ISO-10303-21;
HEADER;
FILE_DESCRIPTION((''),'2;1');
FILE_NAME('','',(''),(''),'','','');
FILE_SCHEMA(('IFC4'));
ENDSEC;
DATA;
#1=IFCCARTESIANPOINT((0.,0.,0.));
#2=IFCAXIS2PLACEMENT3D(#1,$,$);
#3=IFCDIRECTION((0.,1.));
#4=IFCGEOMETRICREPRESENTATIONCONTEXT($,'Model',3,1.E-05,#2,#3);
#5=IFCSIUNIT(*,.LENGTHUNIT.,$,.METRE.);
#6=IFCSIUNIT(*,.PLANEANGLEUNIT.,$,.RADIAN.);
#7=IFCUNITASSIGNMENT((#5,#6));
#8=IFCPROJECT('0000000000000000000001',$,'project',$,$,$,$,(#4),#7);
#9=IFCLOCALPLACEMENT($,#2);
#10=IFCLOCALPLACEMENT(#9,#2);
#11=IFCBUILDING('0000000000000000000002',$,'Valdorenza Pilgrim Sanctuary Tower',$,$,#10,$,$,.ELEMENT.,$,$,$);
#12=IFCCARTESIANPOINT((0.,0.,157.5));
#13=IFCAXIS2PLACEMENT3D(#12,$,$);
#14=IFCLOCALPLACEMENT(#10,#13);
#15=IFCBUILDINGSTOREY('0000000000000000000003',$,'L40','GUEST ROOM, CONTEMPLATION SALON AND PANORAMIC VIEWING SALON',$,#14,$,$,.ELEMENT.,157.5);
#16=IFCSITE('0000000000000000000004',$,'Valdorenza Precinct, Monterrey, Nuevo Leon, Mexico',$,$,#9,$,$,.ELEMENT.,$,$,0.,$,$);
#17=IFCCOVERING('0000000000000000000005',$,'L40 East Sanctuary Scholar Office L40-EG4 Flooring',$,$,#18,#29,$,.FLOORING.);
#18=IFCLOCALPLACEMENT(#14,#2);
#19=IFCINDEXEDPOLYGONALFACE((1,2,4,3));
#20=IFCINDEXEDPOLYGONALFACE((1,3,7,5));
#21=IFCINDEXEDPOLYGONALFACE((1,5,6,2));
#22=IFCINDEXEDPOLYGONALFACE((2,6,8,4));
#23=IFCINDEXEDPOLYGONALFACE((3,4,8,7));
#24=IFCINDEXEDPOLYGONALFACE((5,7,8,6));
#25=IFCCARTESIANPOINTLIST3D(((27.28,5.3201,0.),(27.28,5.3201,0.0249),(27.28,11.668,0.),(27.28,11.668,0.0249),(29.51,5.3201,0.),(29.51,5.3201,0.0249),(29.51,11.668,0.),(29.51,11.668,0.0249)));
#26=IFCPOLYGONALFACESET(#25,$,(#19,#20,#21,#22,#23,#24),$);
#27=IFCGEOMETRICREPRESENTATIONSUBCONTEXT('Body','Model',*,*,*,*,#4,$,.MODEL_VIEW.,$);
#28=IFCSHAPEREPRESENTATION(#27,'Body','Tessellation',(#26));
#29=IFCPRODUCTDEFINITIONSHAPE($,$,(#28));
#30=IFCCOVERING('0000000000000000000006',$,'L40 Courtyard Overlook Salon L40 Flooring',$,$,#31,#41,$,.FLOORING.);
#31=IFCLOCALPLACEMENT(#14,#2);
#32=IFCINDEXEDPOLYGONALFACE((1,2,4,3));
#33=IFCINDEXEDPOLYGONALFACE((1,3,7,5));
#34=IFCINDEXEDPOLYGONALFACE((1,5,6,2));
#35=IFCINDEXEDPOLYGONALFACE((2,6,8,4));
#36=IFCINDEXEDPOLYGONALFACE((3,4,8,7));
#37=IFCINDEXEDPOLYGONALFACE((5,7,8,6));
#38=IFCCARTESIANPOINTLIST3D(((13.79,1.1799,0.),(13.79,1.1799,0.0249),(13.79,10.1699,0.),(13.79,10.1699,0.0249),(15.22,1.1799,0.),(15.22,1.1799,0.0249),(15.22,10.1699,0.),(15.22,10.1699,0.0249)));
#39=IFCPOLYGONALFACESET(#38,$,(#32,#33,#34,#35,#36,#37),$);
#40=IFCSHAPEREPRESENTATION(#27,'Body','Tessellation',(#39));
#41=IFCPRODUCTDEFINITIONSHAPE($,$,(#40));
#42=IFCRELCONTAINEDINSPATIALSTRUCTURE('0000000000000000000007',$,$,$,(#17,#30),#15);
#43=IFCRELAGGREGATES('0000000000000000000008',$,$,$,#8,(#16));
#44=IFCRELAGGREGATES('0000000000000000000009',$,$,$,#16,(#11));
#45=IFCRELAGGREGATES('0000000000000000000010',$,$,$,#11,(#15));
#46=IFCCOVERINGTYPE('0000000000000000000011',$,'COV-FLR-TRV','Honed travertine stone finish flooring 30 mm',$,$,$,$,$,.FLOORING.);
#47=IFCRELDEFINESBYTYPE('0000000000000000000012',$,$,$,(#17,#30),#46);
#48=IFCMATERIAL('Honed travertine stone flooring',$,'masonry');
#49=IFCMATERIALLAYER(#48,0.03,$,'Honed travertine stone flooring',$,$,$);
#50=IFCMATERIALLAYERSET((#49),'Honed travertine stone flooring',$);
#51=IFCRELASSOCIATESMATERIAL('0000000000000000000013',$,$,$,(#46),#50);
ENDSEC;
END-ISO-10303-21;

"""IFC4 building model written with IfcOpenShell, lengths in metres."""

from ifc_helpers import new_model, si_unit, direction, frame, origin, place, context, subcontext, project, spatial, polyline, outline, extrude, material, layer, layer_set, type_object, element, save


model = new_model("IFC4")

# Units and contexts
model_context = context("Model", 3, precision=1e-05, world=origin(), true_north=direction((0.0, 1.0)))
body_context = subcontext(model_context, "Body", "Model", "MODEL_VIEW")
ifc_project = project(units=[si_unit("LENGTHUNIT", "METRE"), si_unit("PLANEANGLEUNIT", "RADIAN")], contexts=[model_context])

# Site, building, storey
site_placement = place(None, origin())
site = spatial("IfcSite", under=ifc_project, at=site_placement, Name="Valdorenza Precinct, Monterrey, Nuevo Leon, Mexico", CompositionType="ELEMENT", RefElevation=0.0)
building_placement = place(site_placement, origin())
building = spatial("IfcBuilding", under=site, at=building_placement, Name="Valdorenza Pilgrim Sanctuary Tower", CompositionType="ELEMENT")
storey_placement = place(building_placement, frame((0.0, 0.0, 157.5)))
storey = spatial("IfcBuildingStorey", under=building, at=storey_placement, Name="L40", Description="GUEST ROOM, CONTEMPLATION SALON AND PANORAMIC VIEWING SALON", CompositionType="ELEMENT", Elevation=157.5)

# Coverings
ifc_material_1 = material(Name="Honed travertine stone flooring", Category="masonry")
ifc_layer_1 = layer(ifc_material_1, 0.03, Name="Honed travertine stone flooring")
ifc_layer_set_1 = layer_set([ifc_layer_1], Name="Honed travertine stone flooring")
covering_type_1 = type_object("IfcCoveringType", Name="COV-FLR-TRV", Description="Honed travertine stone finish flooring 30 mm", PredefinedType="FLOORING", material=ifc_layer_set_1)
covering_1_placement = place(storey_placement, origin())
element("IfcCovering", 1, at=covering_1_placement, inside=storey, type_object=covering_type_1, Name="L40 East Sanctuary Scholar Office L40-EG4 Flooring", PredefinedType="FLOORING", context=body_context, shape_type="SweptSolid", body=[
    extrude(outline(polyline([(27.28, 11.668), (29.51, 11.668), (29.51, 5.3201), (27.28, 5.3201), (27.28, 11.668)])), origin(), (0.0, 0.0, 1.0), 0.0249),
])
covering_2_placement = place(storey_placement, origin())
element("IfcCovering", 2, at=covering_2_placement, inside=storey, type_object=covering_type_1, Name="L40 Courtyard Overlook Salon L40 Flooring", PredefinedType="FLOORING", context=body_context, shape_type="SweptSolid", body=[
    extrude(outline(polyline([(15.22, 1.1799), (13.79, 1.1799), (13.79, 10.1699), (15.22, 10.1699), (15.22, 1.1799)])), origin(), (0.0, 0.0, 1.0), 0.0249),
])

save(model, "model.ifc")
